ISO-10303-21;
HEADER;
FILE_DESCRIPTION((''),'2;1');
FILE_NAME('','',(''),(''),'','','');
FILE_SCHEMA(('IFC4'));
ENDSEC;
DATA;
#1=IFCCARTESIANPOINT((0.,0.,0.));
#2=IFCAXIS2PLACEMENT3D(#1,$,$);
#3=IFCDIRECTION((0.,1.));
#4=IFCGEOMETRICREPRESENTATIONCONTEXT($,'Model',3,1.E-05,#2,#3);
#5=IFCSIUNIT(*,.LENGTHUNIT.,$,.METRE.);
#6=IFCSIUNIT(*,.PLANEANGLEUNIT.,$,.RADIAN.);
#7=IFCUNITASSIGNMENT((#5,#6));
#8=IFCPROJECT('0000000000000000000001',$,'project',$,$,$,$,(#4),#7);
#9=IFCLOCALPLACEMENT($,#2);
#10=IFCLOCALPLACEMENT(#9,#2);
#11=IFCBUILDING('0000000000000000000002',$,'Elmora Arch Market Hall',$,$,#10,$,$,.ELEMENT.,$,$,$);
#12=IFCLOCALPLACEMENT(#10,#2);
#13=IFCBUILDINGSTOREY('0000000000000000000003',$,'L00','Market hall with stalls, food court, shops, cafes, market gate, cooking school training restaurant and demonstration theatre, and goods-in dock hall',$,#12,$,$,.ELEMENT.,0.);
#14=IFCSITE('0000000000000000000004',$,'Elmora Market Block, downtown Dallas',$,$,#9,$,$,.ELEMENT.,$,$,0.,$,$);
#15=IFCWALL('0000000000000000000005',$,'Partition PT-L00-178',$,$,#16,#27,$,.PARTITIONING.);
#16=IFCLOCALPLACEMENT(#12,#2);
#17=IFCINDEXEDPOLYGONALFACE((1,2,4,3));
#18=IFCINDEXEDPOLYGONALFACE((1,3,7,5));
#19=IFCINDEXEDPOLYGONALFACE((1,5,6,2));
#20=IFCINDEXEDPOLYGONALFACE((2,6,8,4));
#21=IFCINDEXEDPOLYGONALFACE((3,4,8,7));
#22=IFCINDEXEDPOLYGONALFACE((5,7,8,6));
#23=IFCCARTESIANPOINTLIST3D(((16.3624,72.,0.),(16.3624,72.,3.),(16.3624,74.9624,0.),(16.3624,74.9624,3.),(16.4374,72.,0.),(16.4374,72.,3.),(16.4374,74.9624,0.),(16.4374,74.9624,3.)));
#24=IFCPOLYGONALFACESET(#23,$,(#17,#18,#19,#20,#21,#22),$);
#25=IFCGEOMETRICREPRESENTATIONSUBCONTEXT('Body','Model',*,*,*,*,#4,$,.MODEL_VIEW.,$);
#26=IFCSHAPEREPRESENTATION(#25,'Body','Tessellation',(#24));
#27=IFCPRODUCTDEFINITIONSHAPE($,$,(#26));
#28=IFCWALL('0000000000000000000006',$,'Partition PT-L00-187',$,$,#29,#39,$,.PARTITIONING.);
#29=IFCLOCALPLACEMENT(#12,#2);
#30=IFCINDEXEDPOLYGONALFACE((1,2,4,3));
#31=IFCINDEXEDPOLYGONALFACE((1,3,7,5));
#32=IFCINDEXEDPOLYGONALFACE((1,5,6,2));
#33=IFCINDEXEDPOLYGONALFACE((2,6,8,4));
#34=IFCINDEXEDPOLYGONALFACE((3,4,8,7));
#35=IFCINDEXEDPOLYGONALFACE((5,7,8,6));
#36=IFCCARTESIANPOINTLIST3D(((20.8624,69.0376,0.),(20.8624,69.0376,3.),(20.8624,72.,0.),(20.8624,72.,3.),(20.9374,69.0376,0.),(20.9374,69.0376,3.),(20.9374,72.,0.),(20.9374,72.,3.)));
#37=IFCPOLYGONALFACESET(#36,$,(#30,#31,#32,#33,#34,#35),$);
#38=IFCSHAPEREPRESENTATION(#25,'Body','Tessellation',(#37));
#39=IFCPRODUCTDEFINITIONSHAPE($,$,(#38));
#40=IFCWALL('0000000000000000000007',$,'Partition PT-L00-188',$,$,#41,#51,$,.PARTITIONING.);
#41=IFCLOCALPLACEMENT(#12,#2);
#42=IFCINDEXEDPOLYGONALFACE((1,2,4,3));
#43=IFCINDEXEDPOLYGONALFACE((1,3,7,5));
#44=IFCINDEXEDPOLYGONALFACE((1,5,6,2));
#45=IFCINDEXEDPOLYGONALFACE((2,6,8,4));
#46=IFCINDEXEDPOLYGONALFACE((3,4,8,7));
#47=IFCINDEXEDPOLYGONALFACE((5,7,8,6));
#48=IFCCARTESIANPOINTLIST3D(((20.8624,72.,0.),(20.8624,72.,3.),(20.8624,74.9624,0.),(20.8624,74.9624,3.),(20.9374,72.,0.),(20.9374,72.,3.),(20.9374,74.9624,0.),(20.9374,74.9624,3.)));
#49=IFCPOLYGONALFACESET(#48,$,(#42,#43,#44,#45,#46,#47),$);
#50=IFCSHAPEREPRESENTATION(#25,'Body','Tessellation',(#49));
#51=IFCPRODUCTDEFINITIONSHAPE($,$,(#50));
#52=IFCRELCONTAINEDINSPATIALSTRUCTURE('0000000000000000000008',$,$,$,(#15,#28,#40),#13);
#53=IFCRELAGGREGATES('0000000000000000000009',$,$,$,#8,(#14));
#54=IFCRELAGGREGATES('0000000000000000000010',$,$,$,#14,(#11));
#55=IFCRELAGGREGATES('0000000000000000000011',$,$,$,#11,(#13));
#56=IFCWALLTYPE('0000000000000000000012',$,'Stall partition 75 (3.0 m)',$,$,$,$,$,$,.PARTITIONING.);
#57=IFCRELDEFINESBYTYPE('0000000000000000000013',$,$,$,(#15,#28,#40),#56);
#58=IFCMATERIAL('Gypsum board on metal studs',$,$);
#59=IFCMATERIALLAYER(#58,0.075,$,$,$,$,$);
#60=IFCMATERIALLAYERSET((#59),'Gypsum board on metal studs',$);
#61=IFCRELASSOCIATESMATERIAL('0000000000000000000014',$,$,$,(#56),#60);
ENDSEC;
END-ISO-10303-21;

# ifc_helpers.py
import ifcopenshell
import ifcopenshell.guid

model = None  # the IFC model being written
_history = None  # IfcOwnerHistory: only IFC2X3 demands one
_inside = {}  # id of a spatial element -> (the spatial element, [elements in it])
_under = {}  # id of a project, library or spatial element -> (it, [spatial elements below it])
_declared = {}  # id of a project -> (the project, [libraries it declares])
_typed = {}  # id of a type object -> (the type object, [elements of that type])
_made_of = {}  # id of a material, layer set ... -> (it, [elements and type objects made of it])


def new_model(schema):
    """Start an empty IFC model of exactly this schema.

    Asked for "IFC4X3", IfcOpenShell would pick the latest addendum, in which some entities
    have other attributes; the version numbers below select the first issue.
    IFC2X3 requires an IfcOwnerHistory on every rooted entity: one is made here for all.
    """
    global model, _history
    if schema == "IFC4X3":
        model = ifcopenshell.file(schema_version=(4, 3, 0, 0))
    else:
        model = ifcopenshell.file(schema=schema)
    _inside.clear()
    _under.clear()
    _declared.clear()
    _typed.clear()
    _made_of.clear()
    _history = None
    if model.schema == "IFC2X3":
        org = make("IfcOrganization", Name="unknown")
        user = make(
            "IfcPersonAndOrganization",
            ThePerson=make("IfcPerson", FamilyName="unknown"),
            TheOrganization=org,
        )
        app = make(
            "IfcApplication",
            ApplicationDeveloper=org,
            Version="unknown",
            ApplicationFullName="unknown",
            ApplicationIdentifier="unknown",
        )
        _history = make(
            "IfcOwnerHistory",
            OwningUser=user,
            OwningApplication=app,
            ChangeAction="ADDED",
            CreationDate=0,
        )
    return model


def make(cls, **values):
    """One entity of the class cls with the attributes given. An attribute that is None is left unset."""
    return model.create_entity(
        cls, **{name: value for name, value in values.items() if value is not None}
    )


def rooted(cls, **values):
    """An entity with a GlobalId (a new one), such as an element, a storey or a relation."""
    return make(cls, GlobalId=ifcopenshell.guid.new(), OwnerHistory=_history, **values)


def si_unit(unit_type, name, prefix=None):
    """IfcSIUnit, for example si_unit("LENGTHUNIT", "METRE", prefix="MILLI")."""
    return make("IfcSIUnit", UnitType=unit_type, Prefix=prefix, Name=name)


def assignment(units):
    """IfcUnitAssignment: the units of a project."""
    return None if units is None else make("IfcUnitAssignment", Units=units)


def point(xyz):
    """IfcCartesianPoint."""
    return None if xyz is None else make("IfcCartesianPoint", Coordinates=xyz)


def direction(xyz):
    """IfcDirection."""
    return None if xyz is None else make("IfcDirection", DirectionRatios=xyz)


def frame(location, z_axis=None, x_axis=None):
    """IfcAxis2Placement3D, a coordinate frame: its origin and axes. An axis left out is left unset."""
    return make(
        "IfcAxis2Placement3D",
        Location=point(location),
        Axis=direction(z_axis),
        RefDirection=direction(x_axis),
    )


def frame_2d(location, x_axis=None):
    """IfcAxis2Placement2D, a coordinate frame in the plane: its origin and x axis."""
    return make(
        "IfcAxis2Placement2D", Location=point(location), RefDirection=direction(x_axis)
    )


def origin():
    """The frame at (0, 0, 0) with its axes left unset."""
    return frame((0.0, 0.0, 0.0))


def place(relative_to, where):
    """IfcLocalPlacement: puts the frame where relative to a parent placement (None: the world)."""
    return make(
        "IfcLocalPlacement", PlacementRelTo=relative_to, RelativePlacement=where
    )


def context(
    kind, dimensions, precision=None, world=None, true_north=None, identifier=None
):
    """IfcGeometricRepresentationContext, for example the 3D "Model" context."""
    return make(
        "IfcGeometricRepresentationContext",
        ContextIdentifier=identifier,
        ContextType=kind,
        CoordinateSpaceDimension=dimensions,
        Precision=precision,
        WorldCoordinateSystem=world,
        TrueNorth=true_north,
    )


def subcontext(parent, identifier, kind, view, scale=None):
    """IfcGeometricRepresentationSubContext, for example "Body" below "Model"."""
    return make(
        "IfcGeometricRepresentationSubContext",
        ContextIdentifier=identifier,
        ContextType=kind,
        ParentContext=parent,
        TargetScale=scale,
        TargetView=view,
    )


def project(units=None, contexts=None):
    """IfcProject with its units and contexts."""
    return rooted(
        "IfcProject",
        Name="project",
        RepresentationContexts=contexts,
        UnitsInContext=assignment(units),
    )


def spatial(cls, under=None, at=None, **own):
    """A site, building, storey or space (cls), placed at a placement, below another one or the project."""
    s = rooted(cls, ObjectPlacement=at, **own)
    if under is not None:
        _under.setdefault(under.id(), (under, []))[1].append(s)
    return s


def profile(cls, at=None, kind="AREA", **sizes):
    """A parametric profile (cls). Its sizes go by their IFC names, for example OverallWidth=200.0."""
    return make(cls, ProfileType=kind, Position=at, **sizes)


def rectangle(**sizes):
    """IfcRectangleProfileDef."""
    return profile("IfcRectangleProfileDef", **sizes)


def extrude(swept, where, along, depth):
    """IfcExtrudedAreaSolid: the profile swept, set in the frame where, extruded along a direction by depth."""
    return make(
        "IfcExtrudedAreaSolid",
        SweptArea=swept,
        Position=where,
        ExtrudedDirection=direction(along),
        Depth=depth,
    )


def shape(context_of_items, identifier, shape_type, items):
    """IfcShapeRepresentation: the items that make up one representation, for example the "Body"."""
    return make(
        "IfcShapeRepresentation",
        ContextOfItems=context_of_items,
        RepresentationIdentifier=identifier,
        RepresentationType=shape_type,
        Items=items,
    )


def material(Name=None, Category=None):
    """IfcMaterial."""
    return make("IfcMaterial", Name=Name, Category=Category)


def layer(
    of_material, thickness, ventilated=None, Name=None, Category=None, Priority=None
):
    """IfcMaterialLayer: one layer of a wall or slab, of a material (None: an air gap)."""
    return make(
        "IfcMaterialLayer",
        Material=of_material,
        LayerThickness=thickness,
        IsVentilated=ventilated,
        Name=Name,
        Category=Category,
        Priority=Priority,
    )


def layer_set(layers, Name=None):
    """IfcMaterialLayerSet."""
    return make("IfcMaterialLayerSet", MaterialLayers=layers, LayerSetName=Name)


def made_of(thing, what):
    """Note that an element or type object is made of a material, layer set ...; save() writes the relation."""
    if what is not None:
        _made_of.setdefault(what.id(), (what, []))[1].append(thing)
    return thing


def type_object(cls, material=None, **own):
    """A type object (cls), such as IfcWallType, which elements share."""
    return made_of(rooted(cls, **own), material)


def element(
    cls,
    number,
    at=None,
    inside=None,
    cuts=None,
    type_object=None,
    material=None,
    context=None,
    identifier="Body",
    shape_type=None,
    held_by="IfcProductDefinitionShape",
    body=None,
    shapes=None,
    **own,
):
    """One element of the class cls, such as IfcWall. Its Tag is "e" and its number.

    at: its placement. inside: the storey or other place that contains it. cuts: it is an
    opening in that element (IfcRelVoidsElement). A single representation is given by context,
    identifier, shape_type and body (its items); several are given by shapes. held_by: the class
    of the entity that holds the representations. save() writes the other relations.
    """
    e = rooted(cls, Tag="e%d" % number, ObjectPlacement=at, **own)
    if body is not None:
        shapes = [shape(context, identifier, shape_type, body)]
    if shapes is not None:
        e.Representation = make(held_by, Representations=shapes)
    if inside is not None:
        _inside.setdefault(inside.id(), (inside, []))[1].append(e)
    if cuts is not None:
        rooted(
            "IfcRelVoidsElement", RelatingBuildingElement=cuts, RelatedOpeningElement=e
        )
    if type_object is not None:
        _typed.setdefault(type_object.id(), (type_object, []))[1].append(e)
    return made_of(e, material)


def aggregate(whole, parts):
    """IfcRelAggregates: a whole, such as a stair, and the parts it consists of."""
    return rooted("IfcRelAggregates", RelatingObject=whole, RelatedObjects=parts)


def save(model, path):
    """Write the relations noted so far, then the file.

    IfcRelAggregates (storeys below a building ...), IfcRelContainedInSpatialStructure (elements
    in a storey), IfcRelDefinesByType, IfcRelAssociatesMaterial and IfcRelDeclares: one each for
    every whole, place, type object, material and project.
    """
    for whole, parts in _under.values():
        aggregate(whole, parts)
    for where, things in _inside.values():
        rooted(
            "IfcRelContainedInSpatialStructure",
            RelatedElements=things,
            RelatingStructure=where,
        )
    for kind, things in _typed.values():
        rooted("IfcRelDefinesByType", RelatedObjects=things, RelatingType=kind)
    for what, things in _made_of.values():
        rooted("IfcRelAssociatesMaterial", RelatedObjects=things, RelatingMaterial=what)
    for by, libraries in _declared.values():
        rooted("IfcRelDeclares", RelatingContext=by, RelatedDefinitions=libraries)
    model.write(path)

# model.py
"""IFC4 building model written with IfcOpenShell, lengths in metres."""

from ifc_helpers import new_model, si_unit, direction, frame, frame_2d, origin, place, context, subcontext, project, spatial, rectangle, extrude, material, layer, layer_set, type_object, element, save


model = new_model("IFC4")

# Units and contexts
model_context = context("Model", 3, precision=1e-05, world=origin(), true_north=direction((0.0, 1.0)))
body_context = subcontext(model_context, "Body", "Model", "MODEL_VIEW")
ifc_project = project(units=[si_unit("LENGTHUNIT", "METRE"), si_unit("PLANEANGLEUNIT", "RADIAN")], contexts=[model_context])

# Site, building, storey
site_placement = place(None, origin())
site = spatial("IfcSite", under=ifc_project, at=site_placement, Name="Elmora Market Block, downtown Dallas", CompositionType="ELEMENT", RefElevation=0.0)
building_placement = place(site_placement, origin())
building = spatial("IfcBuilding", under=site, at=building_placement, Name="Elmora Arch Market Hall", CompositionType="ELEMENT")
storey_placement = place(building_placement, origin())
storey = spatial("IfcBuildingStorey", under=building, at=storey_placement, Name="L00", Description="Market hall with stalls, food court, shops, cafes, market gate, cooking school training restaurant and demonstration theatre, and goods-in dock hall", CompositionType="ELEMENT", Elevation=0.0)

# Walls
ifc_material_1 = material(Name="Gypsum board on metal studs")
ifc_layer_1 = layer(ifc_material_1, 0.075)
ifc_layer_set_1 = layer_set([ifc_layer_1], Name="Gypsum board on metal studs")
wall_type_1 = type_object("IfcWallType", Name="Stall partition 75 (3.0 m)", PredefinedType="PARTITIONING", material=ifc_layer_set_1)
for number, where, z_axis, x_axis, name in (
    (1, (16.3999, 72.0, 0.0), (0.0, 0.0, 1.0), (0.0, 1.0, 0.0), "Partition PT-L00-178"),
    (2, (20.8999, 69.0376, 0.0), (0.0, 0.0, 1.0), (0.0, 1.0, 0.0), "Partition PT-L00-187"),
    (3, (20.8999, 72.0, 0.0), (0.0, 0.0, 1.0), (0.0, 1.0, 0.0), "Partition PT-L00-188"),
):
    element("IfcWall", number, at=place(storey_placement, frame(where, z_axis=z_axis, x_axis=x_axis)), inside=storey, type_object=wall_type_1, Name=name, PredefinedType="PARTITIONING", context=body_context, shape_type="SweptSolid", body=[
        extrude(rectangle(XDim=2.9624, YDim=0.075, at=frame_2d((1.4812, 0.0))), origin(), (0.0, 0.0, 1.0), 3.0),
    ])

save(model, "model.ifc")
